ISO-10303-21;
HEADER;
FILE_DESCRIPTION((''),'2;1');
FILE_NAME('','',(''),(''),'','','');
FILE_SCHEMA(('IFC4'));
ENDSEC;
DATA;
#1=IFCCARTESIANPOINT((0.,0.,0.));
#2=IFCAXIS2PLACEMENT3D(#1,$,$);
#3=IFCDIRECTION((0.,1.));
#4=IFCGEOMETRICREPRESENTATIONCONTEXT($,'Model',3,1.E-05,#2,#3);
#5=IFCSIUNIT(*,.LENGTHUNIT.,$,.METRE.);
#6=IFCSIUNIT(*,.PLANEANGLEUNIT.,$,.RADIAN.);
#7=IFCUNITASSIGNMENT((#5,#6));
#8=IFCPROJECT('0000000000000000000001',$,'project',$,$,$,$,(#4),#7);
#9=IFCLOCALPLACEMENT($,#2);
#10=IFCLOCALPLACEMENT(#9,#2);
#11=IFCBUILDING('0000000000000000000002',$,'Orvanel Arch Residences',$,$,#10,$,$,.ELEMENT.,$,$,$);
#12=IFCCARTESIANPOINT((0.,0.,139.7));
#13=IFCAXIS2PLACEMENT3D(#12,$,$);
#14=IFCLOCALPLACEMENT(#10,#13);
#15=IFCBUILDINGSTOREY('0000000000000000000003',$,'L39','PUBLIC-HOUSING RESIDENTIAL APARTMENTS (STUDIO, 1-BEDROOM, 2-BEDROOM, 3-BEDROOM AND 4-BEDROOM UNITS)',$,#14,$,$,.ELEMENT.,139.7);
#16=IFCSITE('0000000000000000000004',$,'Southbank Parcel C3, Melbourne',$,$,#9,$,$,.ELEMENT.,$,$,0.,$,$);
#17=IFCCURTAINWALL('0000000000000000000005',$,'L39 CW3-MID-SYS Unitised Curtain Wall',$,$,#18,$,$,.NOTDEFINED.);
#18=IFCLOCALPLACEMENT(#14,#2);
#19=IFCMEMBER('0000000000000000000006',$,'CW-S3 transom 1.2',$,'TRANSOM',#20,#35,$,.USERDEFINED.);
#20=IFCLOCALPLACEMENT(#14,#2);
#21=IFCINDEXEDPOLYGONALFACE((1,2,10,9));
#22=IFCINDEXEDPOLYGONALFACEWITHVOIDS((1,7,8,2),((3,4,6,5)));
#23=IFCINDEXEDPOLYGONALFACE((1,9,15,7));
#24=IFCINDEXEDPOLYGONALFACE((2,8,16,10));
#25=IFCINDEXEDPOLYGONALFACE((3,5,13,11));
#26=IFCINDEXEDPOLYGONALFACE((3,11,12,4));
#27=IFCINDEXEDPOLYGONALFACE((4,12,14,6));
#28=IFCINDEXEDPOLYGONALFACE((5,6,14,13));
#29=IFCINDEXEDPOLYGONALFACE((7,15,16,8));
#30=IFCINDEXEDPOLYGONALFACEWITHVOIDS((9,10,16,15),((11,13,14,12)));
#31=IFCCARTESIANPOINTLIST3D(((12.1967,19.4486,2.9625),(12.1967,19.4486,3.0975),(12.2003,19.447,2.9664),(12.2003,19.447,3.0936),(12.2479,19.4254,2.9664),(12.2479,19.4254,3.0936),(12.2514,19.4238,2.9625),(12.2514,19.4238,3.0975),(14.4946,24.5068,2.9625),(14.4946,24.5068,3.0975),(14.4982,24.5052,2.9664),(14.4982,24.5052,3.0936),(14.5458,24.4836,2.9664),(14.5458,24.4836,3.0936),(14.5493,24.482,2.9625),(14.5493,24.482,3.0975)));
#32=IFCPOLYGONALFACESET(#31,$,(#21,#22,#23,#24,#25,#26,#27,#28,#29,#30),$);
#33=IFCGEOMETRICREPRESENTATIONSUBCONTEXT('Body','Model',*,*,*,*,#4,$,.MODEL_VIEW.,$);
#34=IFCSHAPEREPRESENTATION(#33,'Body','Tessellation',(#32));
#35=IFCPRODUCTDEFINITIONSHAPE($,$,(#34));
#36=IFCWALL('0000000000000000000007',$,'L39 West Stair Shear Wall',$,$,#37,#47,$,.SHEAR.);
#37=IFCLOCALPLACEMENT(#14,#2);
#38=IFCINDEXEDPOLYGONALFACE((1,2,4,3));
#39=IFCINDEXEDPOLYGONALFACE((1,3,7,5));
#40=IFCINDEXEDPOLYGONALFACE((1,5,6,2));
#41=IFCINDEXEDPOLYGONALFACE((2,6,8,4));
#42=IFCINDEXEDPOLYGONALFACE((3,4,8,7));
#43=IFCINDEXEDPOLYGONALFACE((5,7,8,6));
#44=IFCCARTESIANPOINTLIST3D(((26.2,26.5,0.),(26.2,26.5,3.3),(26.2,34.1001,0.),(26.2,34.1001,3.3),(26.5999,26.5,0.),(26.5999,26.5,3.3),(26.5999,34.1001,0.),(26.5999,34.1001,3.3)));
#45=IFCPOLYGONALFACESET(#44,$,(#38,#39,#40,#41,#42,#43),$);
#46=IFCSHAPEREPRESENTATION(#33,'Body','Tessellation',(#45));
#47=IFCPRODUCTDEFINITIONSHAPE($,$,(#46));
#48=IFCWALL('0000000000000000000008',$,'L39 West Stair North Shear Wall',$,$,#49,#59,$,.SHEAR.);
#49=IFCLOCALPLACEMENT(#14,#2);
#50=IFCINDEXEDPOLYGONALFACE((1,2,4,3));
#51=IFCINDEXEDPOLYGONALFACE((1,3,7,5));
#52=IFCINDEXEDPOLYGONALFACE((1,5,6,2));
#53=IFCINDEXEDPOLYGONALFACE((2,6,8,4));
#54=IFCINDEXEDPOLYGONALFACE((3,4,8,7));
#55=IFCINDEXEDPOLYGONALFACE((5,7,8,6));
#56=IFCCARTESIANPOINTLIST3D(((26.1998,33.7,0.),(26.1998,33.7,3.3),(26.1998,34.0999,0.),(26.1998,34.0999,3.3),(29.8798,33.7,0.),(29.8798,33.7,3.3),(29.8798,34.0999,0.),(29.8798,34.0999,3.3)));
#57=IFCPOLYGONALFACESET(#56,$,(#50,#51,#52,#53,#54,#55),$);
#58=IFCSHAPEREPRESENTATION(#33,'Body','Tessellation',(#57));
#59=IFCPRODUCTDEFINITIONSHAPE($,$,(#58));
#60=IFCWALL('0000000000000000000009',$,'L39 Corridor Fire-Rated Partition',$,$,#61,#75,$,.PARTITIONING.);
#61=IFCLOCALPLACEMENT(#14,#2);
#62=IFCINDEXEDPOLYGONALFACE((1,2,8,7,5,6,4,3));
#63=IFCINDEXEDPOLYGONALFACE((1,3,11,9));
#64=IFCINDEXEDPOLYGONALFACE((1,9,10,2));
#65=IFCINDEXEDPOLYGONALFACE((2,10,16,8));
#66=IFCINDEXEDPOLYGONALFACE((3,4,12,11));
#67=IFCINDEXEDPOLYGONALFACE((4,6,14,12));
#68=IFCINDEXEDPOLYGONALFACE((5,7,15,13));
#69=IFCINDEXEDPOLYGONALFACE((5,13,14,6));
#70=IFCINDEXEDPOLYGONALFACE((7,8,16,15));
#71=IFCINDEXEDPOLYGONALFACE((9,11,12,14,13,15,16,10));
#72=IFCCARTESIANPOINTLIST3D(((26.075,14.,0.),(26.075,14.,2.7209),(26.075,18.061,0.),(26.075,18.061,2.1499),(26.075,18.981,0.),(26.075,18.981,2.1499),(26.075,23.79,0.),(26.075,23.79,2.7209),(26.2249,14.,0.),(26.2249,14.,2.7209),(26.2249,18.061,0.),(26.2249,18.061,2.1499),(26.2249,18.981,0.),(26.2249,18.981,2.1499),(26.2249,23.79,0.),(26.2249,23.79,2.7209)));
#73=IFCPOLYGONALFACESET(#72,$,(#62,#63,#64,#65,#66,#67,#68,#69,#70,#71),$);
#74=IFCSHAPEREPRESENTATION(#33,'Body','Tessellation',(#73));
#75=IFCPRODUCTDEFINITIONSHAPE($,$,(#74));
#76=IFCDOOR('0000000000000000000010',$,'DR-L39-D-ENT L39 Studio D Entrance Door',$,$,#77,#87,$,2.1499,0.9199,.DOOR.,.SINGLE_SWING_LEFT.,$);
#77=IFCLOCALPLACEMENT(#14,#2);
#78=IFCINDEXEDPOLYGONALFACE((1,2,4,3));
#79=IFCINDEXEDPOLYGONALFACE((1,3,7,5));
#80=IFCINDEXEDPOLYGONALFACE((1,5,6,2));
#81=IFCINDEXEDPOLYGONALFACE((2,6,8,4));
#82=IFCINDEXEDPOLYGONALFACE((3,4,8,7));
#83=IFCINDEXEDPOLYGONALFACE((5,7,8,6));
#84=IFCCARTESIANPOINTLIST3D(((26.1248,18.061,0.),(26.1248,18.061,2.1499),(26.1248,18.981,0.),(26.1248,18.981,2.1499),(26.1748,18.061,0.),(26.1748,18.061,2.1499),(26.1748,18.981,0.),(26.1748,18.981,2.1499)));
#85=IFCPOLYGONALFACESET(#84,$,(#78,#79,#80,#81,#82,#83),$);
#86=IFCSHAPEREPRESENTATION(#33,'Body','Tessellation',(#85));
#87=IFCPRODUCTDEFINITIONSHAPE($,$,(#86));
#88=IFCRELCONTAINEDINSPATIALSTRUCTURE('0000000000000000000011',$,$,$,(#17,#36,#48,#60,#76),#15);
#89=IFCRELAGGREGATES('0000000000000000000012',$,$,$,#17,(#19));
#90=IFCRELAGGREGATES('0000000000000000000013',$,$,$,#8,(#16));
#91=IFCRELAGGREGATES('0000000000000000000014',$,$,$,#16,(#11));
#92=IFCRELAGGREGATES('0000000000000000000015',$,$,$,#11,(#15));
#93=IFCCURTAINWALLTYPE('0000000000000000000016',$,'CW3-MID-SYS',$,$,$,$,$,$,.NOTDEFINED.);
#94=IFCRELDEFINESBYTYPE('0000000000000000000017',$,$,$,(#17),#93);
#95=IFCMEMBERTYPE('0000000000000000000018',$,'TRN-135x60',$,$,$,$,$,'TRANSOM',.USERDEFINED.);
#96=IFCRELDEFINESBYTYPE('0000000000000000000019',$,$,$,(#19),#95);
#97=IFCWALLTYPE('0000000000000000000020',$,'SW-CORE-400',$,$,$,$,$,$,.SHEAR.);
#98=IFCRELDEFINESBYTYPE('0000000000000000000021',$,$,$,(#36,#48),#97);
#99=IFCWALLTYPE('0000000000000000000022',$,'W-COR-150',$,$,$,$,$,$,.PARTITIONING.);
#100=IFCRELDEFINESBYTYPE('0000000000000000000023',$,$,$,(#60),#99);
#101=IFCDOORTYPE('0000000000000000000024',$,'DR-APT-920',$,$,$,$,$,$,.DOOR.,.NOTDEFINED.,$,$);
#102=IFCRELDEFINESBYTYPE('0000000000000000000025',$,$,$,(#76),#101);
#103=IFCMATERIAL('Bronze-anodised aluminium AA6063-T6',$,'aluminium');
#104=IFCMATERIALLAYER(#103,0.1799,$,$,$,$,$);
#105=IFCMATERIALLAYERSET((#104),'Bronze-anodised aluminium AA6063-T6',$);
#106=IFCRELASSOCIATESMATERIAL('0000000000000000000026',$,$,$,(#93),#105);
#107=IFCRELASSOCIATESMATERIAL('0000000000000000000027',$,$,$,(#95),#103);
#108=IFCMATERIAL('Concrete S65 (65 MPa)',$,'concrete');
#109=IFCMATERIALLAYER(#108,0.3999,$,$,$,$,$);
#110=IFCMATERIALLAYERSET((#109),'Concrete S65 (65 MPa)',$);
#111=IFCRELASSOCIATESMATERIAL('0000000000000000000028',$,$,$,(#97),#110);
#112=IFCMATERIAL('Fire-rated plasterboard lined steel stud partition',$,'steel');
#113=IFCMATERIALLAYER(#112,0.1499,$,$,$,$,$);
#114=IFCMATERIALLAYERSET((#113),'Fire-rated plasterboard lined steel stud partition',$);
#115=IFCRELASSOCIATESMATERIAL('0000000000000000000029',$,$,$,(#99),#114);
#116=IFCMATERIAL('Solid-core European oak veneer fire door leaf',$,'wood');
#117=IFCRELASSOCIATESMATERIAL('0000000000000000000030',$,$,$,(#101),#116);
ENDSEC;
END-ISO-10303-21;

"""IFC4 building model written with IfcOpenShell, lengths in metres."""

from ifc_helpers import new_model, si_unit, direction, frame, frame_2d, origin, origin_2d, place, context, subcontext, project, spatial, rectangle, hollow_rectangle, extrude, material, layer, layer_set, material_profile, profile_set, type_object, element, fill, aggregate, save


model = new_model("IFC4")

# Units and contexts
model_context = context("Model", 3, precision=1e-05, world=origin(), true_north=direction((0.0, 1.0)))
body_context = subcontext(model_context, "Body", "Model", "MODEL_VIEW")
ifc_project = project(units=[si_unit("LENGTHUNIT", "METRE"), si_unit("PLANEANGLEUNIT", "RADIAN")], contexts=[model_context])

# Site, building, storey
site_placement = place(None, origin())
site = spatial("IfcSite", under=ifc_project, at=site_placement, Name="Southbank Parcel C3, Melbourne", CompositionType="ELEMENT", RefElevation=0.0)
building_placement = place(site_placement, origin())
building = spatial("IfcBuilding", under=site, at=building_placement, Name="Orvanel Arch Residences", CompositionType="ELEMENT")
storey_placement = place(building_placement, frame((0.0, 0.0, 139.7)))
storey = spatial("IfcBuildingStorey", under=building, at=storey_placement, Name="L39", Description="PUBLIC-HOUSING RESIDENTIAL APARTMENTS (STUDIO, 1-BEDROOM, 2-BEDROOM, 3-BEDROOM AND 4-BEDROOM UNITS)", CompositionType="ELEMENT", Elevation=139.7)

# Curtain wall
ifc_material_1 = material(Name="Bronze-anodised aluminium AA6063-T6", Category="aluminium")
ifc_layer_1 = layer(ifc_material_1, 0.1799)
ifc_layer_set_1 = layer_set([ifc_layer_1], Name="Bronze-anodised aluminium AA6063-T6")
curtain_wall_type = type_object("IfcCurtainWallType", Name="CW3-MID-SYS", PredefinedType="NOTDEFINED", material=ifc_layer_set_1)
curtain_wall_placement = place(storey_placement, origin())
curtain_wall = element("IfcCurtainWall", 1, at=curtain_wall_placement, inside=storey, type_object=curtain_wall_type, Name="L39 CW3-MID-SYS Unitised Curtain Wall", PredefinedType="NOTDEFINED")

# Member
ifc_material_profile_1 = material_profile(ifc_material_1, hollow_rectangle(XDim=0.0601, YDim=0.135, WallThickness=0.0039, at=origin_2d()), Name="ALU135x60x4")
ifc_profile_set_1 = profile_set([ifc_material_profile_1], Name="Bronze-anodised aluminium AA6063-T6")
member_type_1 = type_object("IfcMemberType", Name="TRN-135x60", ElementType="TRANSOM", PredefinedType="USERDEFINED", material=ifc_profile_set_1)
member_1_placement = place(storey_placement, frame((14.522, 24.4944, 3.03), z_axis=(-0.413611, -0.910454, 0.0), x_axis=(0.910454, -0.413611, 0.0)))
member_1 = element("IfcMember", 2, at=member_1_placement, type_object=member_type_1, Name="CW-S3 transom 1.2", ObjectType="TRANSOM", PredefinedType="USERDEFINED", context=body_context, shape_type="SweptSolid", body=[
    extrude(hollow_rectangle(XDim=0.0601, YDim=0.135, WallThickness=0.0039, at=origin_2d()), origin(), (0.0, 0.0, 1.0), 5.5557),
])
aggregate(curtain_wall, [member_1])

# Shared definitions
ifc_material_2 = material(Name="Concrete S65 (65 MPa)", Category="concrete")
ifc_layer_2 = layer(ifc_material_2, 0.3999)
ifc_layer_set_2 = layer_set([ifc_layer_2], Name="Concrete S65 (65 MPa)")
wall_type_1 = type_object("IfcWallType", Name="SW-CORE-400", PredefinedType="SHEAR", material=ifc_layer_set_2)

# Walls
wall_1_placement = place(storey_placement, frame((26.3999, 26.5, 0.0), z_axis=(0.0, 0.0, 1.0), x_axis=(0.0, 1.0, 0.0)))
element("IfcWall", 3, at=wall_1_placement, inside=storey, type_object=wall_type_1, Name="L39 West Stair Shear Wall", PredefinedType="SHEAR", context=body_context, shape_type="SweptSolid", body=[
    extrude(rectangle(XDim=7.6001, YDim=0.3999, at=frame_2d((3.8, 0.0))), origin(), (0.0, 0.0, 1.0), 3.3),
])
wall_2_placement = place(storey_placement, frame((26.2, 33.8999, 0.0), z_axis=(0.0, 0.0, 1.0), x_axis=(1.0, 0.0, 0.0)))
element("IfcWall", 4, at=wall_2_placement, inside=storey, type_object=wall_type_1, Name="L39 West Stair North Shear Wall", PredefinedType="SHEAR", context=body_context, shape_type="SweptSolid", body=[
    extrude(rectangle(XDim=3.6799, YDim=0.3999, at=frame_2d((1.8398, 0.0))), origin(), (0.0, 0.0, 1.0), 3.3),
])

# Wall, opening, door
ifc_material_3 = material(Name="Fire-rated plasterboard lined steel stud partition", Category="steel")
ifc_layer_3 = layer(ifc_material_3, 0.1499)
ifc_layer_set_3 = layer_set([ifc_layer_3], Name="Fire-rated plasterboard lined steel stud partition")
wall_type_2 = type_object("IfcWallType", Name="W-COR-150", PredefinedType="PARTITIONING", material=ifc_layer_set_3)
wall_3_placement = place(storey_placement, frame((26.1499, 23.79, 0.0), z_axis=(0.0, 0.0, 1.0), x_axis=(0.0, -1.0, 0.0)))
wall_3 = element("IfcWall", 5, at=wall_3_placement, inside=storey, type_object=wall_type_2, Name="L39 Corridor Fire-Rated Partition", PredefinedType="PARTITIONING", context=body_context, shape_type="SweptSolid", body=[
    extrude(rectangle(XDim=9.79, YDim=0.1499, at=frame_2d((4.895, 0.0))), origin(), (0.0, 0.0, 1.0), 2.7209),
])
opening_1_placement = place(wall_3_placement, frame((4.8091, 0.0, 0.0)))
opening_1 = element("IfcOpeningElement", 6, at=opening_1_placement, cuts=wall_3, PredefinedType="OPENING", context=body_context, shape_type="SweptSolid", body=[
    extrude(rectangle(XDim=0.9199, YDim=2.1499, at=frame_2d((0.46, 1.075))), frame((0.0, 0.085, 0.0), z_axis=(0.0, -1.0, 0.0), x_axis=(1.0, 0.0, 0.0)), (0.0, 0.0, 1.0), 0.1699),
])
ifc_material_4 = material(Name="Solid-core European oak veneer fire door leaf", Category="wood")
door_type_1 = type_object("IfcDoorType", Name="DR-APT-920", OperationType="NOTDEFINED", PredefinedType="DOOR", material=ifc_material_4)
door_1_placement = place(opening_1_placement, origin())
door_1 = element("IfcDoor", 7, at=door_1_placement, inside=storey, type_object=door_type_1, Name="DR-L39-D-ENT L39 Studio D Entrance Door", OperationType="SINGLE_SWING_LEFT", OverallHeight=2.1499, OverallWidth=0.9199, PredefinedType="DOOR", context=body_context, shape_type="SweptSolid", body=[
    extrude(rectangle(XDim=0.9199, YDim=2.1499, at=frame_2d((0.46, 1.075))), frame((0.0, 0.0249, 0.0), z_axis=(0.0, -1.0, 0.0), x_axis=(1.0, 0.0, 0.0)), (0.0, 0.0, 1.0), 0.05),
])
fill(opening_1, door_1)

save(model, "model.ifc")
